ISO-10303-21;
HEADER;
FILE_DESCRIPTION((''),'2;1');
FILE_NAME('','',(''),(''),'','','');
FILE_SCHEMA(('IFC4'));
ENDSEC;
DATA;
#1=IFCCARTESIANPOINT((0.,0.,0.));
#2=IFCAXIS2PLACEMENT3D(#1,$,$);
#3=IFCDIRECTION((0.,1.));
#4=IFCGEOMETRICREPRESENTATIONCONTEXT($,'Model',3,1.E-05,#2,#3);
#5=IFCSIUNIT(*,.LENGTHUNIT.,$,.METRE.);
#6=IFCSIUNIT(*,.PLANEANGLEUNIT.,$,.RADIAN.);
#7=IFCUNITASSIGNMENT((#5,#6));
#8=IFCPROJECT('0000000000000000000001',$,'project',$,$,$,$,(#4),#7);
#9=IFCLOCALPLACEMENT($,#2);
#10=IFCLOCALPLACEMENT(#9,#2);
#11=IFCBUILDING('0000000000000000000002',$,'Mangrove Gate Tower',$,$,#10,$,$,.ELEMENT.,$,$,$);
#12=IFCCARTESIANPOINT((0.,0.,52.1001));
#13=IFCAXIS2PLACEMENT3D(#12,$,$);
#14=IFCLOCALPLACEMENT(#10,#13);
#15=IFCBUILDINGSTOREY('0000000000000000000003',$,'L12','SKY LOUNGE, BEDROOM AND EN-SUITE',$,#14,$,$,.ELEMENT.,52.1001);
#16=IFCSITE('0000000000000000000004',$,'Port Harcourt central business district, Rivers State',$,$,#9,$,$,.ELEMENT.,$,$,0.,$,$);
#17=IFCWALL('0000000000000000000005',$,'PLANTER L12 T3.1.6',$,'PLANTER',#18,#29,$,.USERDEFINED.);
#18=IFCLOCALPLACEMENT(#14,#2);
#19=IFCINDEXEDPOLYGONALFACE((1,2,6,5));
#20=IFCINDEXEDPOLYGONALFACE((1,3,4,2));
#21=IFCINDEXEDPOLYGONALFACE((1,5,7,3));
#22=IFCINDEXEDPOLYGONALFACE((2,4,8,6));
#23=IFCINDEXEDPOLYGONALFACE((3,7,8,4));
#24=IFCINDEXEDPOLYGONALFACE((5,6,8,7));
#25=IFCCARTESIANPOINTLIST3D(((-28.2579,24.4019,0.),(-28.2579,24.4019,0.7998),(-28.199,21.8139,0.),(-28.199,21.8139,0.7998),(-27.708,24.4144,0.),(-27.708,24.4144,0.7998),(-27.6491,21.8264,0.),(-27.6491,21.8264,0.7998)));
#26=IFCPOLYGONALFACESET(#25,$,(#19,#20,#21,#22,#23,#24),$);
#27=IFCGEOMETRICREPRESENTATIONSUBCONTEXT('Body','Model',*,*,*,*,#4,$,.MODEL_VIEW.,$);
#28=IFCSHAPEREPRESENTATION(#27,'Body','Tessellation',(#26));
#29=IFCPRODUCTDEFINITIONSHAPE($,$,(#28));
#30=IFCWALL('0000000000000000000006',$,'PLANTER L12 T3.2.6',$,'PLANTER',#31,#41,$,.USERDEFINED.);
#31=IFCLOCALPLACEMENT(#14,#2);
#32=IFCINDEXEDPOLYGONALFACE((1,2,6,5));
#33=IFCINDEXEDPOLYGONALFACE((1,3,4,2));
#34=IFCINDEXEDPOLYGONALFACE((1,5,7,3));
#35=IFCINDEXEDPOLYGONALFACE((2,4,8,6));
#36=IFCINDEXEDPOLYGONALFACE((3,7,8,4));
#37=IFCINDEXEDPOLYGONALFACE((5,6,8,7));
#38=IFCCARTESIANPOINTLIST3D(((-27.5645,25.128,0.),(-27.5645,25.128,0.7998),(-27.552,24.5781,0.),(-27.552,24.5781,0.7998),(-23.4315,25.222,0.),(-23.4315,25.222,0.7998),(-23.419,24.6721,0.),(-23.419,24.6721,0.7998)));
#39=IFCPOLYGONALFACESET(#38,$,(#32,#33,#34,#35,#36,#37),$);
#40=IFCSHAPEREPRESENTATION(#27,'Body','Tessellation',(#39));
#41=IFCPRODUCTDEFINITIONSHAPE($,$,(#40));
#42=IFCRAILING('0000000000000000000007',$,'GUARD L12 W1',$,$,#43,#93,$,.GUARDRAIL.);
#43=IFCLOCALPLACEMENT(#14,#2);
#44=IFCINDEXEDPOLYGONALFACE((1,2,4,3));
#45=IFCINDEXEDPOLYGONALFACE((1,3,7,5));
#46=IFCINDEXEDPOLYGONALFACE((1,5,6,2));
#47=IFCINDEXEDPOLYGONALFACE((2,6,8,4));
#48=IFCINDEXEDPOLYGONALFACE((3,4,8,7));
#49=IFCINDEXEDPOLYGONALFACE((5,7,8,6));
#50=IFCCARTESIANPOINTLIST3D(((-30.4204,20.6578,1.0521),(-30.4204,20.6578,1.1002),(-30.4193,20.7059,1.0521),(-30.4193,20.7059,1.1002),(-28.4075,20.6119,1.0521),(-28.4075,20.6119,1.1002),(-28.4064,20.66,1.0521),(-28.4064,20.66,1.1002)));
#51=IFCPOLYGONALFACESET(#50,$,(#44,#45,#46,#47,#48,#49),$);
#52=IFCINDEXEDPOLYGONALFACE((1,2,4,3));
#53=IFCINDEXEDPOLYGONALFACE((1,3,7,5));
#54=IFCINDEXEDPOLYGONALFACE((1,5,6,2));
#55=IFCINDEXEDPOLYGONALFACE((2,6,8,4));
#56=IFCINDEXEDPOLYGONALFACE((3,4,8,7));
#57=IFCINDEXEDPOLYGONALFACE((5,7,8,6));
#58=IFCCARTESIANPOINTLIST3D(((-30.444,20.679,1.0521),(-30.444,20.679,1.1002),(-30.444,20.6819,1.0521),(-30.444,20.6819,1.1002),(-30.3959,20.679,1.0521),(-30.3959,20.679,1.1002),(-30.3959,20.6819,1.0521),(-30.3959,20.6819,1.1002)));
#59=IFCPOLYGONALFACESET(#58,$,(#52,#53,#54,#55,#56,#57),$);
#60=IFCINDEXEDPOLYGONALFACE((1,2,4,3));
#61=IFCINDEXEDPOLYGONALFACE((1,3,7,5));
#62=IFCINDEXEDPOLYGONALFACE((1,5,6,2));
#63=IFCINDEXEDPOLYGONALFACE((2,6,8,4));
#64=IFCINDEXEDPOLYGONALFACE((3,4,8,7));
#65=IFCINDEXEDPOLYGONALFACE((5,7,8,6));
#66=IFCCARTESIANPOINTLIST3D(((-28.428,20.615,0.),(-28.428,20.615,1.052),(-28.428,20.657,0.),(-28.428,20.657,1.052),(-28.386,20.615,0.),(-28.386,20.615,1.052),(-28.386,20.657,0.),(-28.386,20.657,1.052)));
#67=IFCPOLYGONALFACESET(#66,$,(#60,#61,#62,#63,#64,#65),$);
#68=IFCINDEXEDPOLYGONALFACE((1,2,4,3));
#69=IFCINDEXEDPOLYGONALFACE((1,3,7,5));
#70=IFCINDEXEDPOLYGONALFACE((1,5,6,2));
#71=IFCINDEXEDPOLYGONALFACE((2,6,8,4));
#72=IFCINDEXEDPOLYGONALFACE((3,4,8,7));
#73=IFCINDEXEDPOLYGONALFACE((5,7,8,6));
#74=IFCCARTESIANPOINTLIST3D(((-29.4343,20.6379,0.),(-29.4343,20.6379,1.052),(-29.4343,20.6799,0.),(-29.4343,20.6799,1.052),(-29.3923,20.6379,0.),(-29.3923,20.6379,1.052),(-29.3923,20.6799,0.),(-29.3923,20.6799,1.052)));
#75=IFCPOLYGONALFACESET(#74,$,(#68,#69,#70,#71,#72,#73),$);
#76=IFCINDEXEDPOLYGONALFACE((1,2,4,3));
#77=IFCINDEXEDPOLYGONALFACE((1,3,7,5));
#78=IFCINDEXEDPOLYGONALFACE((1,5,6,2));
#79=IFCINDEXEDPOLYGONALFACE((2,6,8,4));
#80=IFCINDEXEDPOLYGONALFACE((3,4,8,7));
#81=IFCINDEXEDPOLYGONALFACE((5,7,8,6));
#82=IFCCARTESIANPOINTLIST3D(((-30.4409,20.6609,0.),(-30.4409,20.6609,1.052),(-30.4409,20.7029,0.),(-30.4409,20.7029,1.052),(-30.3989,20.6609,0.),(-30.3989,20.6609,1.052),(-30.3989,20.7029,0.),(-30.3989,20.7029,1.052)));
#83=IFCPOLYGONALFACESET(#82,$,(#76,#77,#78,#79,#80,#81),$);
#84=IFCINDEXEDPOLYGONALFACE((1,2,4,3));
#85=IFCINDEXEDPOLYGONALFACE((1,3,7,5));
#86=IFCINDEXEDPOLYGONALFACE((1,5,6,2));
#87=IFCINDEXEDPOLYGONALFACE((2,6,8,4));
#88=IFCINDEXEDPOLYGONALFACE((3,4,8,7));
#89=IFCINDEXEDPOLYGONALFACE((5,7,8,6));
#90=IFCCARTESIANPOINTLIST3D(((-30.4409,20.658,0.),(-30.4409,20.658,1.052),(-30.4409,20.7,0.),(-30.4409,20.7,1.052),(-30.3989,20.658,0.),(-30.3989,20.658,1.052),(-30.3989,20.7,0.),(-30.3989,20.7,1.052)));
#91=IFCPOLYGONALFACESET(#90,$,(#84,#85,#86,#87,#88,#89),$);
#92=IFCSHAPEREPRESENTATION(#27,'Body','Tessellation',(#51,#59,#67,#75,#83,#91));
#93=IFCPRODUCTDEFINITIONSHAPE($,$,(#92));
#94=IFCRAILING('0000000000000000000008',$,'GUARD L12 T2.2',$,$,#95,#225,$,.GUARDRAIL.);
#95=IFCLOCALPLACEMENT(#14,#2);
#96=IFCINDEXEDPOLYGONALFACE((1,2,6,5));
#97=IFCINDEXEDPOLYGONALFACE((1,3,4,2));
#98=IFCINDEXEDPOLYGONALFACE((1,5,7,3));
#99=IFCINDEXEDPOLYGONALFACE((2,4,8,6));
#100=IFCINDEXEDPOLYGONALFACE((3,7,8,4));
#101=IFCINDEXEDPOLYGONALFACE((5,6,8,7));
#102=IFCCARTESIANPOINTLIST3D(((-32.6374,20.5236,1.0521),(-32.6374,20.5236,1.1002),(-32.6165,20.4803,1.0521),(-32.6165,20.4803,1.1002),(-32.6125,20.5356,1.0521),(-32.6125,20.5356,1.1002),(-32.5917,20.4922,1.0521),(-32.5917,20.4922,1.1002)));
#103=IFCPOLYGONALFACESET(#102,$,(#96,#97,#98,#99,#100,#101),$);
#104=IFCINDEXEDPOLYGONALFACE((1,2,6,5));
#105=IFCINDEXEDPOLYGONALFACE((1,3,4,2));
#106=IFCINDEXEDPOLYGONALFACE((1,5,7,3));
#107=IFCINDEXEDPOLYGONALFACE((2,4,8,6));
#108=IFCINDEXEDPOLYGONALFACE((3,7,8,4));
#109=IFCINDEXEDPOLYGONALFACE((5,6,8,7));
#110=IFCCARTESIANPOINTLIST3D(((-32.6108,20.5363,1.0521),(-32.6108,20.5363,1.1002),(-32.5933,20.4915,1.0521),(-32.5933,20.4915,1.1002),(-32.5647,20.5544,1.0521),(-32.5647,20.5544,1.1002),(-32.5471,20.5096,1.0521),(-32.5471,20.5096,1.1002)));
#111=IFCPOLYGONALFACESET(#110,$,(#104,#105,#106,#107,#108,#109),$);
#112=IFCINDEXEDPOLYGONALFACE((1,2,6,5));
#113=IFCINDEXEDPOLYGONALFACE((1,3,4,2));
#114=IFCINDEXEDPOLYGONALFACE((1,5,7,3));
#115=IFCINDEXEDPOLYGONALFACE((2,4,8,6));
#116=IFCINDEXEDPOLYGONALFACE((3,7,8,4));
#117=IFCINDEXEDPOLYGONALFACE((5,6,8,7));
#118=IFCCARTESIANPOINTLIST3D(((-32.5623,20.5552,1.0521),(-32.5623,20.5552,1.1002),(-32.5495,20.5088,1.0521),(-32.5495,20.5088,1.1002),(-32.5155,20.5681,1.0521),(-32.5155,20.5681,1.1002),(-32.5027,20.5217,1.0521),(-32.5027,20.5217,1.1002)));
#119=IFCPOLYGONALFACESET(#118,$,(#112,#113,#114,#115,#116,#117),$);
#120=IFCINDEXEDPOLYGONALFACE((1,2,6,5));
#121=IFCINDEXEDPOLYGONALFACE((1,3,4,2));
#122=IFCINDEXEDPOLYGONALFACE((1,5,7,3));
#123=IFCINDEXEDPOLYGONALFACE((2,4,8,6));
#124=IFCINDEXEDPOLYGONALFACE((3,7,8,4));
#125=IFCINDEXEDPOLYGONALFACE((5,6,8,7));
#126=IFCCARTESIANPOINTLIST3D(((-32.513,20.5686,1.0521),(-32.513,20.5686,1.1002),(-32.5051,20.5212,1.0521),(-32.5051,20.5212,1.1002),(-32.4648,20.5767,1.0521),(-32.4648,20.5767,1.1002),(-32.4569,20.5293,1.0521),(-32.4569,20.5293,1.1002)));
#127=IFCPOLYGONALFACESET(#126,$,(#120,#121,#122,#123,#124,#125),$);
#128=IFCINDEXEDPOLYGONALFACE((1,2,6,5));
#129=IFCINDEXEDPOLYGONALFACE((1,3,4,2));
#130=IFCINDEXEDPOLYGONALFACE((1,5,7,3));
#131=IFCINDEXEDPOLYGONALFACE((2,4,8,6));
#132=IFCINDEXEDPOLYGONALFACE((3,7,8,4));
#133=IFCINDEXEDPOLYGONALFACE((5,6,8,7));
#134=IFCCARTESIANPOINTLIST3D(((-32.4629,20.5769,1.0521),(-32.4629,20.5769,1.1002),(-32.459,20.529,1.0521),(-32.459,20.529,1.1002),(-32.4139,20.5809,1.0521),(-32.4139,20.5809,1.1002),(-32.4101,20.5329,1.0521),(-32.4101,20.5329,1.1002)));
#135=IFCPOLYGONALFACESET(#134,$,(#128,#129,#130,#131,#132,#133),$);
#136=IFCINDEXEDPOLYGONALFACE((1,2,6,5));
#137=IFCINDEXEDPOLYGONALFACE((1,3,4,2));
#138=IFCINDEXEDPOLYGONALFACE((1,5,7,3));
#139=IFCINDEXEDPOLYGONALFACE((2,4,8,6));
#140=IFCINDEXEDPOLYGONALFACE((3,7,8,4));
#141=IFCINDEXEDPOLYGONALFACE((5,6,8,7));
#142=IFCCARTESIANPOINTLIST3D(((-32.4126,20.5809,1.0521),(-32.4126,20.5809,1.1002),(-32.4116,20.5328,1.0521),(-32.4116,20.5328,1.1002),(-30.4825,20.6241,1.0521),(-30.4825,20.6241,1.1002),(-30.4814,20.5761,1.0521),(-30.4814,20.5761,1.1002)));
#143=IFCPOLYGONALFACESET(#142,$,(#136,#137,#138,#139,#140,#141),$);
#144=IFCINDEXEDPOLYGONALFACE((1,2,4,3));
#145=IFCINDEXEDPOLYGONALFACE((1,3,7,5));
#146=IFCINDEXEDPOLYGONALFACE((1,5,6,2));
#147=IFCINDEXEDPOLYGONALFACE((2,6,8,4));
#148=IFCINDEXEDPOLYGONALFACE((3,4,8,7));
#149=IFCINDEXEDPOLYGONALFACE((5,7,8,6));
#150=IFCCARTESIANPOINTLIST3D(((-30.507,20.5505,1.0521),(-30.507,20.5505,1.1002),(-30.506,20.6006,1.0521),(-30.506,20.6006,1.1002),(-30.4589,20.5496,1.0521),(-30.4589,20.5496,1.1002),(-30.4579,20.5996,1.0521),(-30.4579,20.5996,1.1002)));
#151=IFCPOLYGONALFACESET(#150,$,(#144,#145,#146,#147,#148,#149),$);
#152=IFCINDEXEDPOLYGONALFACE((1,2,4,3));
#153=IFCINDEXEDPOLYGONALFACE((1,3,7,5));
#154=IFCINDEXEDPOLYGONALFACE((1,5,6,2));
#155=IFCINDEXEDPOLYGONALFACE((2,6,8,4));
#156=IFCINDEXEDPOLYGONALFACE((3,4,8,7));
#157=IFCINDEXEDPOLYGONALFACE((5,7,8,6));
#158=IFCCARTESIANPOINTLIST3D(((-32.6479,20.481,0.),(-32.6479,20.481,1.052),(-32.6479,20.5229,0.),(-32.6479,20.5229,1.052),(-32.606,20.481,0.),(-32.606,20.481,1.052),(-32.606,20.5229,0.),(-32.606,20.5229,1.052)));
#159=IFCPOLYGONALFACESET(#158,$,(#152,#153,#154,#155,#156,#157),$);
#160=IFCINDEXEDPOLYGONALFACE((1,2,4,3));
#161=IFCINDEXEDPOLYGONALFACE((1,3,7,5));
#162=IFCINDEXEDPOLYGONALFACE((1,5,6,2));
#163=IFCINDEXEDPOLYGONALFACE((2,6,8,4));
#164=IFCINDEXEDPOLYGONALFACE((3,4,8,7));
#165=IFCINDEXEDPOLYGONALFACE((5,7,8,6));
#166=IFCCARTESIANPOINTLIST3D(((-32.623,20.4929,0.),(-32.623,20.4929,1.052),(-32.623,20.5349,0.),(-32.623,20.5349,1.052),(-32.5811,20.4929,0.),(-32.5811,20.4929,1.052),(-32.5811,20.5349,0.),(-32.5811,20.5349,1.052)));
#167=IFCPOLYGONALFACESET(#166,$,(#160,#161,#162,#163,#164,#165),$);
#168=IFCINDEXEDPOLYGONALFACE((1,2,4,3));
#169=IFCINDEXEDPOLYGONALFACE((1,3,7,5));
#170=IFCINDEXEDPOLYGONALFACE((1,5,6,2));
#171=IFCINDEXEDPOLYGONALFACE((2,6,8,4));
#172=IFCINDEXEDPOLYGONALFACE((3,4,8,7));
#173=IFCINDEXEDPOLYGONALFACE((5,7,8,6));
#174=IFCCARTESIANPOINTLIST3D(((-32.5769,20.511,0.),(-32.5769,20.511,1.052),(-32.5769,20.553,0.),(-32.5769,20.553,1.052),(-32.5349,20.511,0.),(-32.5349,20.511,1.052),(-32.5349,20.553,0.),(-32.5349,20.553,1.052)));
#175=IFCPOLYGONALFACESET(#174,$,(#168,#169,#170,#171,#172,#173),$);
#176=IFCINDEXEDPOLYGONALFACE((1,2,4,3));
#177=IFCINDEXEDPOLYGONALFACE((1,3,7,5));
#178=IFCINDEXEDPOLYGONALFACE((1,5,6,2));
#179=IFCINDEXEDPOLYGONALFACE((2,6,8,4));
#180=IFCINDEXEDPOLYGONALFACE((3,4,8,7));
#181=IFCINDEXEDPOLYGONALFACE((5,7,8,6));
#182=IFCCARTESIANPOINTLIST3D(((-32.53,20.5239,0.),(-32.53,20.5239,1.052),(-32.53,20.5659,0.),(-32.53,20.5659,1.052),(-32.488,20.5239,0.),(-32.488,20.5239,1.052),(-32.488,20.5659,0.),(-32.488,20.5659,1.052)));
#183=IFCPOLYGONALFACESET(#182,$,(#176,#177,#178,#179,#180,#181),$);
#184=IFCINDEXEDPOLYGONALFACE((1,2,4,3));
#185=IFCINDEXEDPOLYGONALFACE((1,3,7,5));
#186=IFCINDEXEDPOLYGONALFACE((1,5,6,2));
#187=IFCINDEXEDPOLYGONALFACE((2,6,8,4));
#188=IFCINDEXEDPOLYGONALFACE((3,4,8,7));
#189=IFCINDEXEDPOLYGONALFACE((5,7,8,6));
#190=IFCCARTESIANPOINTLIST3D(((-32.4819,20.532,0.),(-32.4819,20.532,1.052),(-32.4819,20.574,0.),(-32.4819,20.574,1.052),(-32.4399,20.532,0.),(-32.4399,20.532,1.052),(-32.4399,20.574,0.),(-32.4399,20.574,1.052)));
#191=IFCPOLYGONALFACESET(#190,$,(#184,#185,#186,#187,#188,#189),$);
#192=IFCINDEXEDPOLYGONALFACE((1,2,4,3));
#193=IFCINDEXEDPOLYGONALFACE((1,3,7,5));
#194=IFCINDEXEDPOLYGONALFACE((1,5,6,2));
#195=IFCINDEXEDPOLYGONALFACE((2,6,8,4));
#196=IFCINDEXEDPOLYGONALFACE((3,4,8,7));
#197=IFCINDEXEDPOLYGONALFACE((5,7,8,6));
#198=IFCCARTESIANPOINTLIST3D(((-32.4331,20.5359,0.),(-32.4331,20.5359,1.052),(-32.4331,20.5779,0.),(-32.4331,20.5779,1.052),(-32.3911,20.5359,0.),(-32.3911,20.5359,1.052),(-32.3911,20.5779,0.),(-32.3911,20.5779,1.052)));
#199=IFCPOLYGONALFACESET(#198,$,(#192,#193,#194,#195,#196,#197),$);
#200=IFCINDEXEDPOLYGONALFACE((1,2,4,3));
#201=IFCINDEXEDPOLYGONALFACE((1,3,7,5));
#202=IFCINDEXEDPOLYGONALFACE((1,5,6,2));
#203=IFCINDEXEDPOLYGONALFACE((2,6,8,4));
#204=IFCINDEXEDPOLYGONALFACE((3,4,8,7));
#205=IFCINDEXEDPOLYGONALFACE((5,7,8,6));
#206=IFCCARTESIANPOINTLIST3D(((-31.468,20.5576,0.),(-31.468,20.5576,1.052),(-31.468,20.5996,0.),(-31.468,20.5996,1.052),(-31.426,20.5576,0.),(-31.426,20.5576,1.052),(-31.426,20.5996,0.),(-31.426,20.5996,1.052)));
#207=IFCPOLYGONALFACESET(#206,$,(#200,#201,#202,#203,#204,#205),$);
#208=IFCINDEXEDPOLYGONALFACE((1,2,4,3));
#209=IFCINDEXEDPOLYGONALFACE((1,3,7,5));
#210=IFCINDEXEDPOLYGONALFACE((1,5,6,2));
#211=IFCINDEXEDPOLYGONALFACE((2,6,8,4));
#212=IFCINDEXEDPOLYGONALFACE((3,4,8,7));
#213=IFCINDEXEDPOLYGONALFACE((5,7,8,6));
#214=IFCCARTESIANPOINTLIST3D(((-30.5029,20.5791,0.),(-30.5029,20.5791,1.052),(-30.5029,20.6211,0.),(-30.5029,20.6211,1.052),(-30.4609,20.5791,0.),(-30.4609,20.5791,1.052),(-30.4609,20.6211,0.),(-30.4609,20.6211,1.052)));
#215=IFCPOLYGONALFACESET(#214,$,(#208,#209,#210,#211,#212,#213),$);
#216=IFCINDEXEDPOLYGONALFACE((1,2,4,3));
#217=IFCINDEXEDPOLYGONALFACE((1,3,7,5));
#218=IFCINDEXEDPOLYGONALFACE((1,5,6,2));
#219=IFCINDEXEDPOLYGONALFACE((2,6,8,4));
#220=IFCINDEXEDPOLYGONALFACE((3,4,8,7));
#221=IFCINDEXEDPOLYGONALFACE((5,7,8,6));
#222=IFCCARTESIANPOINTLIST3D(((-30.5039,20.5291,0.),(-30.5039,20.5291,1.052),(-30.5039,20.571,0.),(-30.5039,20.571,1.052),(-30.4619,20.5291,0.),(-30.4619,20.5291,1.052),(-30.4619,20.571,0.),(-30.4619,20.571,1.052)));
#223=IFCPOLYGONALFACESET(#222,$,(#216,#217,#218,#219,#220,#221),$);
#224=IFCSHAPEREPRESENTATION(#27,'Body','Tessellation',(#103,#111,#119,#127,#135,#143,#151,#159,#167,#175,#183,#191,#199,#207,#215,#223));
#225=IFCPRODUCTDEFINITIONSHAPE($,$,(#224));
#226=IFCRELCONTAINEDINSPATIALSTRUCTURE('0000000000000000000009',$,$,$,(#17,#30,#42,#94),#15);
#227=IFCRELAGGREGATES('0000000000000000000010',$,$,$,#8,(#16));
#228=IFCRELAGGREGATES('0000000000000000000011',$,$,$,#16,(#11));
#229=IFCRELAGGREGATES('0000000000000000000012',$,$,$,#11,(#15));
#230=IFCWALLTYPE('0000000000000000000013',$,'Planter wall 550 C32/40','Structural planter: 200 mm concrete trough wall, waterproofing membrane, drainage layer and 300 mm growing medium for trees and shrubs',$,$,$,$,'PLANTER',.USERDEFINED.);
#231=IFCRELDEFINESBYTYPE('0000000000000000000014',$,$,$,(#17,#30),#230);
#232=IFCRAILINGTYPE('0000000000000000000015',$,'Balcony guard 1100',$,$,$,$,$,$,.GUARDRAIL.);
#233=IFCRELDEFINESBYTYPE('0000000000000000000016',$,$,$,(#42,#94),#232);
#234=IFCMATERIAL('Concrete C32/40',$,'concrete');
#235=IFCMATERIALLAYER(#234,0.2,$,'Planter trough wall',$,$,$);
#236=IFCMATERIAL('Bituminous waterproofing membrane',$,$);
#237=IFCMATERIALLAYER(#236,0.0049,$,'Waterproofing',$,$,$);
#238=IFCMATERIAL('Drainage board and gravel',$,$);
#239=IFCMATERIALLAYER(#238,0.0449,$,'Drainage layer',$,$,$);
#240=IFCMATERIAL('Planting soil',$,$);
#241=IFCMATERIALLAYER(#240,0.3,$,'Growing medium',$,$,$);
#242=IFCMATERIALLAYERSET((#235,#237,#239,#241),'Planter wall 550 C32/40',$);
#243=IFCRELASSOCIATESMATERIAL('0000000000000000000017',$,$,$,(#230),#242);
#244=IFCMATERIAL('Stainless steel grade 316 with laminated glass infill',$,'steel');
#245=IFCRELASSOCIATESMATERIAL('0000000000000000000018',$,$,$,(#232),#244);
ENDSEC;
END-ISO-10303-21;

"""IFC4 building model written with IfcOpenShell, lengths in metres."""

from ifc_helpers import new_model, si_unit, direction, frame, frame_2d, origin, origin_2d, place, context, subcontext, project, spatial, rectangle, extrude, material, layer, layer_set, type_object, element, save


model = new_model("IFC4")

# Units and contexts
model_context = context("Model", 3, precision=1e-05, world=origin(), true_north=direction((0.0, 1.0)))
body_context = subcontext(model_context, "Body", "Model", "MODEL_VIEW")
ifc_project = project(units=[si_unit("LENGTHUNIT", "METRE"), si_unit("PLANEANGLEUNIT", "RADIAN")], contexts=[model_context])

# Site, building, storey
site_placement = place(None, origin())
site = spatial("IfcSite", under=ifc_project, at=site_placement, Name="Port Harcourt central business district, Rivers State", CompositionType="ELEMENT", RefElevation=0.0)
building_placement = place(site_placement, origin())
building = spatial("IfcBuilding", under=site, at=building_placement, Name="Mangrove Gate Tower", CompositionType="ELEMENT")
storey_placement = place(building_placement, frame((0.0, 0.0, 52.1001)))
storey = spatial("IfcBuildingStorey", under=building, at=storey_placement, Name="L12", Description="SKY LOUNGE, BEDROOM AND EN-SUITE", CompositionType="ELEMENT", Elevation=52.1001)

# Walls
ifc_material_1 = material(Name="Concrete C32/40", Category="concrete")
ifc_layer_1 = layer(ifc_material_1, 0.2, Name="Planter trough wall")
ifc_material_2 = material(Name="Bituminous waterproofing membrane")
ifc_layer_2 = layer(ifc_material_2, 0.0049, Name="Waterproofing")
ifc_material_3 = material(Name="Drainage board and gravel")
ifc_layer_3 = layer(ifc_material_3, 0.0449, Name="Drainage layer")
ifc_material_4 = material(Name="Planting soil")
ifc_layer_4 = layer(ifc_material_4, 0.3, Name="Growing medium")
ifc_layer_set_1 = layer_set([ifc_layer_1, ifc_layer_2, ifc_layer_3, ifc_layer_4], Name="Planter wall 550 C32/40")
wall_type = type_object("IfcWallType", Name="Planter wall 550 C32/40", Description="Structural planter: 200 mm concrete trough wall, waterproofing membrane, drainage layer and 300 mm growing medium for trees and shrubs", ElementType="PLANTER", PredefinedType="USERDEFINED", material=ifc_layer_set_1)
wall_1_placement = place(storey_placement, frame((-27.9241, 21.8201, 0.0), z_axis=(0.0, 0.0, 1.0), x_axis=(-0.02273, 0.999742, 0.0)))
element("IfcWall", 1, at=wall_1_placement, inside=storey, type_object=wall_type, Name="PLANTER L12 T3.1.6", ObjectType="PLANTER", PredefinedType="USERDEFINED", context=body_context, shape_type="SweptSolid", body=[
    extrude(rectangle(XDim=2.5886, YDim=0.55, at=frame_2d((1.2944, 0.0))), origin(), (0.0, 0.0, 1.0), 0.7998),
])
wall_2_placement = place(storey_placement, frame((-27.5581, 24.853, 0.0), z_axis=(0.0, 0.0, 1.0), x_axis=(0.999742, 0.022736, 0.0)))
element("IfcWall", 2, at=wall_2_placement, inside=storey, type_object=wall_type, Name="PLANTER L12 T3.2.6", ObjectType="PLANTER", PredefinedType="USERDEFINED", context=body_context, shape_type="SweptSolid", body=[
    extrude(rectangle(XDim=4.134, YDim=0.55, at=frame_2d((2.0669, 0.0))), origin(), (0.0, 0.0, 1.0), 0.7998),
])

# Railings
ifc_material_5 = material(Name="Stainless steel grade 316 with laminated glass infill", Category="steel")
railing_type = type_object("IfcRailingType", Name="Balcony guard 1100", PredefinedType="GUARDRAIL", material=ifc_material_5)
railing_1_placement = place(storey_placement, frame((-28.407, 20.636, 0.0)))
element("IfcRailing", 3, at=railing_1_placement, inside=storey, type_object=railing_type, Name="GUARD L12 W1", PredefinedType="GUARDRAIL", context=body_context, shape_type="SweptSolid", body=[
    extrude(rectangle(XDim=0.0481, YDim=0.0481, at=origin_2d()), frame((0.0, 0.0, 1.0762), z_axis=(-0.99974, 0.022796, 0.0), x_axis=(-0.022796, -0.99974, 0.0)), (0.0, 0.0, 1.0), 2.0134),
    extrude(rectangle(XDim=0.0481, YDim=0.0481, at=origin_2d()), frame((-2.0129, 0.0459, 1.0762), z_axis=(0.0, -1.0, 0.0), x_axis=(1.0, 0.0, 0.0)), (0.0, 0.0, 1.0), 0.0029),
    extrude(rectangle(XDim=0.042, YDim=0.042, at=origin_2d()), origin(), (0.0, 0.0, 1.0), 1.052),
    extrude(rectangle(XDim=0.042, YDim=0.042, at=origin_2d()), frame((-1.0063, 0.0229, 0.0)), (0.0, 0.0, 1.0), 1.052),
    extrude(rectangle(XDim=0.042, YDim=0.042, at=origin_2d()), frame((-2.0129, 0.0459, 0.0)), (0.0, 0.0, 1.0), 1.052),
    extrude(rectangle(XDim=0.042, YDim=0.042, at=origin_2d()), frame((-2.0129, 0.043, 0.0)), (0.0, 0.0, 1.0), 1.052),
])
railing_2_placement = place(storey_placement, frame((-32.627, 20.502, 0.0)))
element("IfcRailing", 4, at=railing_2_placement, inside=storey, type_object=railing_type, Name="GUARD L12 T2.2", PredefinedType="GUARDRAIL", context=body_context, shape_type="SweptSolid", body=[
    extrude(rectangle(XDim=0.0481, YDim=0.0481, at=origin_2d()), frame((0.0, 0.0, 1.0762), z_axis=(0.901385, 0.433018, 0.0), x_axis=(-0.433018, 0.901385, 0.0)), (0.0, 0.0, 1.0), 0.0276),
    extrude(rectangle(XDim=0.0481, YDim=0.0481, at=origin_2d()), frame((0.0249, 0.012, 1.0762), z_axis=(0.93117, 0.364585, 0.0), x_axis=(-0.364585, 0.93117, 0.0)), (0.0, 0.0, 1.0), 0.0496),
    extrude(rectangle(XDim=0.0481, YDim=0.0481, at=origin_2d()), frame((0.071, 0.03, 1.0762), z_axis=(0.963948, 0.26609, 0.0), x_axis=(-0.26609, 0.963948, 0.0)), (0.0, 0.0, 1.0), 0.0486),
    extrude(rectangle(XDim=0.0481, YDim=0.0481, at=origin_2d()), frame((0.1179, 0.043, 1.0762), z_axis=(0.986258, 0.165211, 0.0), x_axis=(-0.165211, 0.986258, 0.0)), (0.0, 0.0, 1.0), 0.0488),
    extrude(rectangle(XDim=0.0481, YDim=0.0481, at=origin_2d()), frame((0.166, 0.051, 1.0762), z_axis=(0.996815, 0.079745, 0.0), x_axis=(-0.079745, 0.996815, 0.0)), (0.0, 0.0, 1.0), 0.0491),
    extrude(rectangle(XDim=0.0481, YDim=0.0481, at=origin_2d()), frame((0.2148, 0.0549, 1.0762), z_axis=(0.999749, 0.022382, 0.0), x_axis=(-0.022382, 0.999749, 0.0)), (0.0, 0.0, 1.0), 1.9307),
    extrude(rectangle(XDim=0.0481, YDim=0.0481, at=origin_2d()), frame((2.145, 0.0981, 1.0762), z_axis=(-0.019508, -0.99981, 0.0), x_axis=(0.99981, -0.019508, 0.0)), (0.0, 0.0, 1.0), 0.05),
    extrude(rectangle(XDim=0.042, YDim=0.042, at=origin_2d()), origin(), (0.0, 0.0, 1.0), 1.052),
    extrude(rectangle(XDim=0.042, YDim=0.042, at=origin_2d()), frame((0.0249, 0.012, 0.0)), (0.0, 0.0, 1.0), 1.052),
    extrude(rectangle(XDim=0.042, YDim=0.042, at=origin_2d()), frame((0.071, 0.03, 0.0)), (0.0, 0.0, 1.0), 1.052),
    extrude(rectangle(XDim=0.042, YDim=0.042, at=origin_2d()), frame((0.1179, 0.043, 0.0)), (0.0, 0.0, 1.0), 1.052),
    extrude(rectangle(XDim=0.042, YDim=0.042, at=origin_2d()), frame((0.166, 0.051, 0.0)), (0.0, 0.0, 1.0), 1.052),
    extrude(rectangle(XDim=0.042, YDim=0.042, at=origin_2d()), frame((0.2148, 0.0549, 0.0)), (0.0, 0.0, 1.0), 1.052),
    extrude(rectangle(XDim=0.042, YDim=0.042, at=origin_2d()), frame((1.1799, 0.0767, 0.0)), (0.0, 0.0, 1.0), 1.052),
    extrude(rectangle(XDim=0.042, YDim=0.042, at=origin_2d()), frame((2.145, 0.0981, 0.0)), (0.0, 0.0, 1.0), 1.052),
    extrude(rectangle(XDim=0.042, YDim=0.042, at=origin_2d()), frame((2.144, 0.0481, 0.0)), (0.0, 0.0, 1.0), 1.052),
])

save(model, "model.ifc")
